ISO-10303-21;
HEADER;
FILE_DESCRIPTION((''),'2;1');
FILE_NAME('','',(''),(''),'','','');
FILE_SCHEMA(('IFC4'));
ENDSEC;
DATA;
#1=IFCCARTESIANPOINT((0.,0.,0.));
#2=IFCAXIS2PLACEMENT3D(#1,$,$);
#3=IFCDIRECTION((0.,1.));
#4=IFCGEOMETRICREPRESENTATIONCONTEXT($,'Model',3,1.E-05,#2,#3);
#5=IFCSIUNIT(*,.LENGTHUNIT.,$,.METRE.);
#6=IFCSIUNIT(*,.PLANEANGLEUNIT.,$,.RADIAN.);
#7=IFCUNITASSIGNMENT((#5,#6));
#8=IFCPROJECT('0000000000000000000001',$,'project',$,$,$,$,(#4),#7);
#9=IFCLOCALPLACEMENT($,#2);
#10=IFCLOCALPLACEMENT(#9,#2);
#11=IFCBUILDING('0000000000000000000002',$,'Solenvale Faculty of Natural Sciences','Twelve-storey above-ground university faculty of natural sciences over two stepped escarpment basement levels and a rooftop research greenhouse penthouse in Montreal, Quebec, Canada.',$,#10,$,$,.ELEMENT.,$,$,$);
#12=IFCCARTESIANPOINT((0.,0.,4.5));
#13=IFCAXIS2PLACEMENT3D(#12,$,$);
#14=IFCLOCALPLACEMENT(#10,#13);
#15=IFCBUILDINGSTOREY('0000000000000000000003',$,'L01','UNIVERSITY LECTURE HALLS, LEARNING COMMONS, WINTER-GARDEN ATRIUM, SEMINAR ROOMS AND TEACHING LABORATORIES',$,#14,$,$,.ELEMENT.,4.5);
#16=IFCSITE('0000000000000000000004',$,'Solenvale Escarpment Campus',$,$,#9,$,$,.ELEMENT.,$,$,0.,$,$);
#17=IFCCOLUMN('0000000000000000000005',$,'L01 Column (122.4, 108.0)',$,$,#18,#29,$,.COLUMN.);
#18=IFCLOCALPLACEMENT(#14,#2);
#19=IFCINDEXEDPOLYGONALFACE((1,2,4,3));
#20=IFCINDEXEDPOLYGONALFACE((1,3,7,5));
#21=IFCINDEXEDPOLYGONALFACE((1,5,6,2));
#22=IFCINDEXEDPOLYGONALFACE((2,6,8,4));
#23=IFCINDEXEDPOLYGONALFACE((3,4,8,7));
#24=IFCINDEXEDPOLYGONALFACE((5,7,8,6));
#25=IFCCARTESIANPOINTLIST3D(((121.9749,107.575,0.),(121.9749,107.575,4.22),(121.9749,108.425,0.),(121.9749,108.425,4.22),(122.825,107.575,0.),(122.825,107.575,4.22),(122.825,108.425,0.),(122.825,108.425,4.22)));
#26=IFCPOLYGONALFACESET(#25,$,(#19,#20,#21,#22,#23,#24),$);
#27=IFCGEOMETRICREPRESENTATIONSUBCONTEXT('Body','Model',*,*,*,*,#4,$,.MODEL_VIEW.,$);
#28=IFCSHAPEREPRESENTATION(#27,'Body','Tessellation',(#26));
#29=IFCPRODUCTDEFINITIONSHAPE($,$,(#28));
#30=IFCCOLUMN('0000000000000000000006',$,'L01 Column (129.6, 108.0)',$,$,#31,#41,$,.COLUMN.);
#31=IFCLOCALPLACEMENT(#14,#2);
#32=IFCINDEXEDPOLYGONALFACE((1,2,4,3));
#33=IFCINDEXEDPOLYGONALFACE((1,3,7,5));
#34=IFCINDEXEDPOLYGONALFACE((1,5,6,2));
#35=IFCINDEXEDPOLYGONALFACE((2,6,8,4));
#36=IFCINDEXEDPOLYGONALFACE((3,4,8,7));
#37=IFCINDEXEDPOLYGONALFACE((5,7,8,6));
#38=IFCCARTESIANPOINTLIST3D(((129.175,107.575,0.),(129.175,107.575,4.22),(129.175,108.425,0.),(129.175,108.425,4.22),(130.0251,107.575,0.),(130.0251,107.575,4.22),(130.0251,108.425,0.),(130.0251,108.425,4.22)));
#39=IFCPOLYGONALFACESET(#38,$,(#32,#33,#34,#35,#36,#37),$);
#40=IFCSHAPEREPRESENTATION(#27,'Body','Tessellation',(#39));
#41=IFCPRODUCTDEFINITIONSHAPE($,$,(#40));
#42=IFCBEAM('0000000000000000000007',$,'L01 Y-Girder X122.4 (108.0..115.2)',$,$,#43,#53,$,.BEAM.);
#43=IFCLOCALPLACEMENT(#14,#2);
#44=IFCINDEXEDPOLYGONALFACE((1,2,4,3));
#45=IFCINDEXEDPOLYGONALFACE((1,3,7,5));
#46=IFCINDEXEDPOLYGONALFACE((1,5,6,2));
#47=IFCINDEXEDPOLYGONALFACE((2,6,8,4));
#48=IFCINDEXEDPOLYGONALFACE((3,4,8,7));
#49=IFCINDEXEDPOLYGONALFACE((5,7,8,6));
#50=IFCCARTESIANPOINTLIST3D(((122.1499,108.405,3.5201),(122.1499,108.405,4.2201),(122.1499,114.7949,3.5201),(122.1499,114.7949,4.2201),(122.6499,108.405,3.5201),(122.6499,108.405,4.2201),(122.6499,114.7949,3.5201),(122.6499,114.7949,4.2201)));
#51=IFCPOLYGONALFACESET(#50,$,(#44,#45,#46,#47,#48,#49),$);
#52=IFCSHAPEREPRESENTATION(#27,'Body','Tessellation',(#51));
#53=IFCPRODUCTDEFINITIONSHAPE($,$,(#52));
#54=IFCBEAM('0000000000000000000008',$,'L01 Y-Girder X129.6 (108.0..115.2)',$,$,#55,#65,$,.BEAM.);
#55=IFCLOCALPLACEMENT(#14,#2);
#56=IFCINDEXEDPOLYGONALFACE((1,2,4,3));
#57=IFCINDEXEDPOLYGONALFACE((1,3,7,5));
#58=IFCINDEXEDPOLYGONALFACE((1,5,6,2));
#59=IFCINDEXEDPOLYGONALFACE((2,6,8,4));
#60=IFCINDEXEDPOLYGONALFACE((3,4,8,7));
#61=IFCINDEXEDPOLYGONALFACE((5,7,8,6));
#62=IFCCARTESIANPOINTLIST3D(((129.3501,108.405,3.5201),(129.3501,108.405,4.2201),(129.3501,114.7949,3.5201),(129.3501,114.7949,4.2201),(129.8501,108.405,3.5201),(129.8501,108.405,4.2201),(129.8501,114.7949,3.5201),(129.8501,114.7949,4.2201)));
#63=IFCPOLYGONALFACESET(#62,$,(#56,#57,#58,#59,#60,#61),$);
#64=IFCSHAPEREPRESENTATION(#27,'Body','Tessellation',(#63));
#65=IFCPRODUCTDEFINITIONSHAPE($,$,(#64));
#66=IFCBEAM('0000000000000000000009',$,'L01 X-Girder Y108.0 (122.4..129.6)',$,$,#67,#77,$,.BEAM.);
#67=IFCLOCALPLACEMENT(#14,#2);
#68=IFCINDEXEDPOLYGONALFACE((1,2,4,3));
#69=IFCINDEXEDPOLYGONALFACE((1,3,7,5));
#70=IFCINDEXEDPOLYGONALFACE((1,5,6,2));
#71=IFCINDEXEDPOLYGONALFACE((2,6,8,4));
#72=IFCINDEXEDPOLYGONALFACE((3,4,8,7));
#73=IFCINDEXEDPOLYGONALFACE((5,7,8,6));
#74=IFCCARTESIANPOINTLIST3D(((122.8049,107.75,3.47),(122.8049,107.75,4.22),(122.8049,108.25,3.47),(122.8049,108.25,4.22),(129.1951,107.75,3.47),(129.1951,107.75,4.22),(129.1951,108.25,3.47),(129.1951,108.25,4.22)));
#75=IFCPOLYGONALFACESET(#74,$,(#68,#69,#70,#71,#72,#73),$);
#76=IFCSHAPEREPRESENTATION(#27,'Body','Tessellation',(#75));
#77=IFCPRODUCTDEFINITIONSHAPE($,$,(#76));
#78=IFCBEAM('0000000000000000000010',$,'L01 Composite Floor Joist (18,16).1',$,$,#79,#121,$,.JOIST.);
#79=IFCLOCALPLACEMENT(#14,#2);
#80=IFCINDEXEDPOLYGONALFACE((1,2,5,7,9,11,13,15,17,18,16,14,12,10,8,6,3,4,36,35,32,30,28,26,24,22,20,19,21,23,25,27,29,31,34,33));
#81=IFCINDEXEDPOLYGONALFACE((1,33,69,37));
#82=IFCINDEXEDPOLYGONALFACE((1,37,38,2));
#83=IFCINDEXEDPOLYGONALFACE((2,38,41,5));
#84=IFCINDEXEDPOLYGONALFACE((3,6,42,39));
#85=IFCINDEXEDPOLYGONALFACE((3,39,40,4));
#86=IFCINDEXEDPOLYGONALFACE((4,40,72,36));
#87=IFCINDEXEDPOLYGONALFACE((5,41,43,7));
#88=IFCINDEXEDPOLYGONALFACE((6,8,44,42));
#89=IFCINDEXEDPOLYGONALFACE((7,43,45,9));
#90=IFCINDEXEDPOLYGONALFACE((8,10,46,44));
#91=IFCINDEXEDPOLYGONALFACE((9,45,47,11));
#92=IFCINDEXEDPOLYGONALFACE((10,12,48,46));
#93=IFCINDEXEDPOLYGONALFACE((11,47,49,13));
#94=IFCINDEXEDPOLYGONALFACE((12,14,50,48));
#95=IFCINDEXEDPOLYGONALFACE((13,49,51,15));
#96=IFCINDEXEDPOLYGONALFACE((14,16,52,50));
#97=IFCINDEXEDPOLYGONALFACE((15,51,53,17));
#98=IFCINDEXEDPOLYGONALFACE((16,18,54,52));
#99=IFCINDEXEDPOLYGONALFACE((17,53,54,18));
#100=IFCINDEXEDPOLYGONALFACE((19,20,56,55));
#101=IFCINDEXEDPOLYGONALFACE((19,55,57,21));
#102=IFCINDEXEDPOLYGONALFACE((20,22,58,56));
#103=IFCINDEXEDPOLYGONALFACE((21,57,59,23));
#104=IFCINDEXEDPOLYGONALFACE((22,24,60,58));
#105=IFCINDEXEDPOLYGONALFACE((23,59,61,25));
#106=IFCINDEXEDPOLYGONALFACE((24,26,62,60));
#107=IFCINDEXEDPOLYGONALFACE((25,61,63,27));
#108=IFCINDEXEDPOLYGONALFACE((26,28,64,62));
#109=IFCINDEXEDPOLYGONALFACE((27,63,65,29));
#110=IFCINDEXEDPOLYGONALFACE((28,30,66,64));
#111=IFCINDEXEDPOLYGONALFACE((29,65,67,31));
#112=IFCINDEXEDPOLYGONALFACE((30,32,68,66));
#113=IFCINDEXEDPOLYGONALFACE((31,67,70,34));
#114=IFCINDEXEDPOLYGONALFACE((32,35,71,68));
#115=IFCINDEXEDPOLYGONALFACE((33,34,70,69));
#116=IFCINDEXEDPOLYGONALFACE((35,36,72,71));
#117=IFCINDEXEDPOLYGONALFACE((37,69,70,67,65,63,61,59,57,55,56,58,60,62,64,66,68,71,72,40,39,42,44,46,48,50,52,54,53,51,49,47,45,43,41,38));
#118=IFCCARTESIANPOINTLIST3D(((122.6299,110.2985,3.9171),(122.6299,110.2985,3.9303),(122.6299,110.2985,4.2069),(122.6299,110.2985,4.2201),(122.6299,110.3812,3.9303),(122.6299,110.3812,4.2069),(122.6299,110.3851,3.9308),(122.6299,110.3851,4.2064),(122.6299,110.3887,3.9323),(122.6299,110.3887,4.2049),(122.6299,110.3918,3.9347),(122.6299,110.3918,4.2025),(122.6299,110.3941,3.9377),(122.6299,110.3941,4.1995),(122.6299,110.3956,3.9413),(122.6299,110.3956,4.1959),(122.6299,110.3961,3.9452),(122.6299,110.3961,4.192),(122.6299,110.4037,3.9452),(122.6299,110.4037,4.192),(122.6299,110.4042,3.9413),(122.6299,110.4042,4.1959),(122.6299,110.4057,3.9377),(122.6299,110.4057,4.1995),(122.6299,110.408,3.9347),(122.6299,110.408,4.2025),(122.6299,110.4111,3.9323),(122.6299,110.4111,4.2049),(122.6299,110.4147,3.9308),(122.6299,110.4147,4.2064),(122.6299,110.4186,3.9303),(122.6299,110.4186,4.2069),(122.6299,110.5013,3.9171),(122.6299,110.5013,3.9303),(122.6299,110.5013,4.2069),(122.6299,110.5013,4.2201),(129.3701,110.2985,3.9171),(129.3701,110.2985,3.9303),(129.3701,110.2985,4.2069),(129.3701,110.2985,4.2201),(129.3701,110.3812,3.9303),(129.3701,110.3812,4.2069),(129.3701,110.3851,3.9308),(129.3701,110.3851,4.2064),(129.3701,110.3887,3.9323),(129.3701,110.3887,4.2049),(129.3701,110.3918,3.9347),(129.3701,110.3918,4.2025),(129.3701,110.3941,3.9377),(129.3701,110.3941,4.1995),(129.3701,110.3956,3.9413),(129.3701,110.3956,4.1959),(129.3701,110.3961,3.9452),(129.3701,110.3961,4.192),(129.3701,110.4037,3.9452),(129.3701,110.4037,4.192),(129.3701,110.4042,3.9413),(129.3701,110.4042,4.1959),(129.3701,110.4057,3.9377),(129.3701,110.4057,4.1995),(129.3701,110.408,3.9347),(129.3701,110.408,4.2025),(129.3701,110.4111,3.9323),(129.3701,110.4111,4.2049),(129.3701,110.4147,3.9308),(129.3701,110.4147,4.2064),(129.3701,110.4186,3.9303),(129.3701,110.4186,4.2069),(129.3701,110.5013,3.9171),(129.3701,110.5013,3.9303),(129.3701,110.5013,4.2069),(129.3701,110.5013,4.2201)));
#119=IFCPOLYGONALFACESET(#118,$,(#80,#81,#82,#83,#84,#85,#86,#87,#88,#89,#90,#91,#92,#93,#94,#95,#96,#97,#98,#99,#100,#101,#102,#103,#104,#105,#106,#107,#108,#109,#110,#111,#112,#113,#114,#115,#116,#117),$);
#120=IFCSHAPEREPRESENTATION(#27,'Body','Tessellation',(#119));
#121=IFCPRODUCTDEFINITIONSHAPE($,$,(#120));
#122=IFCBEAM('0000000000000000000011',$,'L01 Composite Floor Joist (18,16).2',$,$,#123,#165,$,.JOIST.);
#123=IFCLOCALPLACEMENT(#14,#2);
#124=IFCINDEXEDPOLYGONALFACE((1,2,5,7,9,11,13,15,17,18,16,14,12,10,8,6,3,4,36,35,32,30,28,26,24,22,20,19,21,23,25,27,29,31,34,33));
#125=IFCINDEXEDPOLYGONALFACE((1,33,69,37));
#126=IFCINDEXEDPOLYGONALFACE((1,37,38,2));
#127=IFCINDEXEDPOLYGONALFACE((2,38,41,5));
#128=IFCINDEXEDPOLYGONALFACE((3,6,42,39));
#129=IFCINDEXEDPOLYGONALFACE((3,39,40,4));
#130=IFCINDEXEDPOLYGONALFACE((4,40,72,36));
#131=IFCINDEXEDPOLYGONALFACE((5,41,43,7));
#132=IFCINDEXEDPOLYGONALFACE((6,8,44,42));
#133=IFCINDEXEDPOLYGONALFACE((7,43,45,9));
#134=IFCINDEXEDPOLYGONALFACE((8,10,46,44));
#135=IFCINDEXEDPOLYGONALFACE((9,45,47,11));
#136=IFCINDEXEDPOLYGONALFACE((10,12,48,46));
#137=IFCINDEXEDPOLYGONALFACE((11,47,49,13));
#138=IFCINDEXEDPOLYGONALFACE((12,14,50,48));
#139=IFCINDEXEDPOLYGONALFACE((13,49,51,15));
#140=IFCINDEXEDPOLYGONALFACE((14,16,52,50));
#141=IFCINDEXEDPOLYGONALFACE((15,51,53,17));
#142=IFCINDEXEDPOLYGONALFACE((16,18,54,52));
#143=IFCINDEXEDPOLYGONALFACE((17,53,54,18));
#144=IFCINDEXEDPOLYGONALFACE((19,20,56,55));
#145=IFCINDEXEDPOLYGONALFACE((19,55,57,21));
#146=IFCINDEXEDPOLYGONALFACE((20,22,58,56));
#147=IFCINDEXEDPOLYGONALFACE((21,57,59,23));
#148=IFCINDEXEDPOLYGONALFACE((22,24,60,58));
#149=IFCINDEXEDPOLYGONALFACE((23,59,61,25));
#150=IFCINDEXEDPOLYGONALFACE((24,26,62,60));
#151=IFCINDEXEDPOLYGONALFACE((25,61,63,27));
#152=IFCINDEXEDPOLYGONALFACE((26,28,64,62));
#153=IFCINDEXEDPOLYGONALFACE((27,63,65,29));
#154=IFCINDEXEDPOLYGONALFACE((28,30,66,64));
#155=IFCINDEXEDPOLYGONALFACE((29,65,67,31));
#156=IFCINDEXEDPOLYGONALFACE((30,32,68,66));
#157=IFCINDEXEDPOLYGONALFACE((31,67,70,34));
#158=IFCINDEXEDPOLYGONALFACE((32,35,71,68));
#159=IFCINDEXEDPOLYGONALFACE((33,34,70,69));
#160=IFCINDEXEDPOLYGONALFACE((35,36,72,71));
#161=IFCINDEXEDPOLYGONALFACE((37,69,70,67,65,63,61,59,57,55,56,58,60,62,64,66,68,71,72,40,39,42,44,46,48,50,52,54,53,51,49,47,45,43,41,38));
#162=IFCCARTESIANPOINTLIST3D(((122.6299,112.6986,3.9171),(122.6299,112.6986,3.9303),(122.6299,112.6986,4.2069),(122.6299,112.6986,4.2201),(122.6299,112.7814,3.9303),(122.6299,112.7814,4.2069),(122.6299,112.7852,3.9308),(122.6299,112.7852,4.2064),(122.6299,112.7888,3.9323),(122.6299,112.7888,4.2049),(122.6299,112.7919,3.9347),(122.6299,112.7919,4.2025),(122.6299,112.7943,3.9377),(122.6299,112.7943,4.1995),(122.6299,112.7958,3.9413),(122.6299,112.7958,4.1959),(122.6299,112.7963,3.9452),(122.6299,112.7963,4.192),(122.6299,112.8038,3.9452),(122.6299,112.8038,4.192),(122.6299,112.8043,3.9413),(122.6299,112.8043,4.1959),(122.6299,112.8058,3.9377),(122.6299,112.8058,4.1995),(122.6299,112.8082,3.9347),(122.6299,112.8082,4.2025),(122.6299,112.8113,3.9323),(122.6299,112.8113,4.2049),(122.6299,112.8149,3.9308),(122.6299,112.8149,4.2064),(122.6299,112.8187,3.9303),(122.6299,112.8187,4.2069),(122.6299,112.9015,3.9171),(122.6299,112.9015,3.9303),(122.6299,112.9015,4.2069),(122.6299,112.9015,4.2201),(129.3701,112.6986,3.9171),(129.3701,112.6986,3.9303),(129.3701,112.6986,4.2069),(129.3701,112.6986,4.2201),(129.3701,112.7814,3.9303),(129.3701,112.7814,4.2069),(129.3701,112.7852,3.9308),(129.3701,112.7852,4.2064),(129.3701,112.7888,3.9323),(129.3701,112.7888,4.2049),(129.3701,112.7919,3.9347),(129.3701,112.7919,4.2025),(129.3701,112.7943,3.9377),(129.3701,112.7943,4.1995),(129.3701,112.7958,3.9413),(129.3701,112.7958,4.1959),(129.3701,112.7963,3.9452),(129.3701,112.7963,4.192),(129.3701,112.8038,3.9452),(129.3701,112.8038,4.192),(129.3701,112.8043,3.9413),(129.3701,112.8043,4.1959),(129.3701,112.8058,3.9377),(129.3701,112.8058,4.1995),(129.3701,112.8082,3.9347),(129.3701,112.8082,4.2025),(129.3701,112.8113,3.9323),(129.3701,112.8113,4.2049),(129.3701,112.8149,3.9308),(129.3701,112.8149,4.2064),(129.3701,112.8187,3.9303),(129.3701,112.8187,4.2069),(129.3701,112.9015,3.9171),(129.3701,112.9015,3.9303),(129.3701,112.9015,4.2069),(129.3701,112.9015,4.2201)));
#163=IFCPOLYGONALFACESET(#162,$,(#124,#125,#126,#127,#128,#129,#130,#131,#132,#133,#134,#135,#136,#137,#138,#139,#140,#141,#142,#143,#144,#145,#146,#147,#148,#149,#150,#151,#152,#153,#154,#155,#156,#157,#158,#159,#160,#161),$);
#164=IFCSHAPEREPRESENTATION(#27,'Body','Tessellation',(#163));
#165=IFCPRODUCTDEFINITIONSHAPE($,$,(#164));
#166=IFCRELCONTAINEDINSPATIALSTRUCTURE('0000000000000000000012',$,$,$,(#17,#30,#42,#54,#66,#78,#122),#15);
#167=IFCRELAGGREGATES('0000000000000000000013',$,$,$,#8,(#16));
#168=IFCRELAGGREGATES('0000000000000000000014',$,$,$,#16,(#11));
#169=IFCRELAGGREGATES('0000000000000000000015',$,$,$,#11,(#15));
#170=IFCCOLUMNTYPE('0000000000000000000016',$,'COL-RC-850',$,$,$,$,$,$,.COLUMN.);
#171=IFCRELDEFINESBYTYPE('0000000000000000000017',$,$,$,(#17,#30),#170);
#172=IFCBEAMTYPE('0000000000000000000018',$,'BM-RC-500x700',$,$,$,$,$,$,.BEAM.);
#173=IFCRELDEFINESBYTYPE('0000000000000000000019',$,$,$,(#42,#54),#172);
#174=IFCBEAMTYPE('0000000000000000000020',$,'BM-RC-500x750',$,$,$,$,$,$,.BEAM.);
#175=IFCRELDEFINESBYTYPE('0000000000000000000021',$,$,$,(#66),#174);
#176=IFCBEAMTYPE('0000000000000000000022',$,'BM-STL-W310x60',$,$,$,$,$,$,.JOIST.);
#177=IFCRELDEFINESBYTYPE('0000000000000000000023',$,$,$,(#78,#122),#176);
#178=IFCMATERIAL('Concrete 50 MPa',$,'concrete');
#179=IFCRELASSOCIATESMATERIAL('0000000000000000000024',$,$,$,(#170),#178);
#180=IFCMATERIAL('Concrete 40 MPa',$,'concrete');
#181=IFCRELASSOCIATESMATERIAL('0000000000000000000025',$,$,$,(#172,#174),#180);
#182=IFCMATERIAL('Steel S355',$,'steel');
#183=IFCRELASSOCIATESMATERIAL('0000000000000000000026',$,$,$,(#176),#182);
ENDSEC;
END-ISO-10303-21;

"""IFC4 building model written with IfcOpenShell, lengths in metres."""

from ifc_helpers import new_model, si_unit, direction, frame, origin, origin_2d, place, context, subcontext, project, spatial, rectangle, i_section, extrude, material, material_profile, profile_set, type_object, element, save


model = new_model("IFC4")

# Units and contexts
model_context = context("Model", 3, precision=1e-05, world=origin(), true_north=direction((0.0, 1.0)))
body_context = subcontext(model_context, "Body", "Model", "MODEL_VIEW")
ifc_project = project(units=[si_unit("LENGTHUNIT", "METRE"), si_unit("PLANEANGLEUNIT", "RADIAN")], contexts=[model_context])

# Site, building, storey
site_placement = place(None, origin())
site = spatial("IfcSite", under=ifc_project, at=site_placement, Name="Solenvale Escarpment Campus", CompositionType="ELEMENT", RefElevation=0.0)
building_placement = place(site_placement, origin())
building = spatial("IfcBuilding", under=site, at=building_placement, Name="Solenvale Faculty of Natural Sciences", Description="Twelve-storey above-ground university faculty of natural sciences over two stepped escarpment basement levels and a rooftop research greenhouse penthouse in Montreal, Quebec, Canada.", CompositionType="ELEMENT")
storey_placement = place(building_placement, frame((0.0, 0.0, 4.5)))
storey = spatial("IfcBuildingStorey", under=building, at=storey_placement, Name="L01", Description="UNIVERSITY LECTURE HALLS, LEARNING COMMONS, WINTER-GARDEN ATRIUM, SEMINAR ROOMS AND TEACHING LABORATORIES", CompositionType="ELEMENT", Elevation=4.5)

# Columns
ifc_material_1 = material(Name="Concrete 50 MPa", Category="concrete")
ifc_material_profile_1 = material_profile(ifc_material_1, rectangle(XDim=0.8501, YDim=0.8501, at=origin_2d()), Name="RC-COL-850x850")
ifc_profile_set_1 = profile_set([ifc_material_profile_1], Name="Concrete 50 MPa")
column_type = type_object("IfcColumnType", Name="COL-RC-850", PredefinedType="COLUMN", material=ifc_profile_set_1)
for number, where, z_axis, x_axis, name in (
    (1, (122.3999, 108.0, 0.0), (0.0, 0.0, 1.0), (1.0, 0.0, 0.0), "L01 Column (122.4, 108.0)"),
    (2, (129.6001, 108.0, 0.0), (0.0, 0.0, 1.0), (1.0, 0.0, 0.0), "L01 Column (129.6, 108.0)"),
):
    element("IfcColumn", number, at=place(storey_placement, frame(where, z_axis=z_axis, x_axis=x_axis)), inside=storey, type_object=column_type, Name=name, PredefinedType="COLUMN", context=body_context, shape_type="SweptSolid", body=[
        extrude(rectangle(XDim=0.8501, YDim=0.8501, at=origin_2d()), origin(), (0.0, 0.0, 1.0), 4.22),
    ])

# Beams
ifc_material_2 = material(Name="Concrete 40 MPa", Category="concrete")
ifc_material_profile_2 = material_profile(ifc_material_2, rectangle(XDim=0.5, YDim=0.7, at=origin_2d()), Name="RC-BM-500x700")
ifc_profile_set_2 = profile_set([ifc_material_profile_2], Name="Concrete 40 MPa")
beam_type_1 = type_object("IfcBeamType", Name="BM-RC-500x700", PredefinedType="BEAM", material=ifc_profile_set_2)
for number, where, z_axis, x_axis, name in (
    (3, (122.3999, 108.405, 3.8701), (0.0, 1.0, 0.0), (-1.0, 0.0, 0.0), "L01 Y-Girder X122.4 (108.0..115.2)"),
    (4, (129.6001, 108.405, 3.8701), (0.0, 1.0, 0.0), (-1.0, 0.0, 0.0), "L01 Y-Girder X129.6 (108.0..115.2)"),
):
    element("IfcBeam", number, at=place(storey_placement, frame(where, z_axis=z_axis, x_axis=x_axis)), inside=storey, type_object=beam_type_1, Name=name, PredefinedType="BEAM", context=body_context, shape_type="SweptSolid", body=[
        extrude(rectangle(XDim=0.5, YDim=0.7, at=origin_2d()), origin(), (0.0, 0.0, 1.0), 6.3899),
    ])
ifc_material_profile_3 = material_profile(ifc_material_2, rectangle(XDim=0.5, YDim=0.75, at=origin_2d()), Name="RC-BM-500x750")
ifc_profile_set_3 = profile_set([ifc_material_profile_3], Name="Concrete 40 MPa")
beam_type_2 = type_object("IfcBeamType", Name="BM-RC-500x750", PredefinedType="BEAM", material=ifc_profile_set_3)
beam_placement = place(storey_placement, frame((122.8049, 108.0, 3.845), z_axis=(1.0, 0.0, 0.0), x_axis=(0.0, 1.0, 0.0)))
element("IfcBeam", 5, at=beam_placement, inside=storey, type_object=beam_type_2, Name="L01 X-Girder Y108.0 (122.4..129.6)", PredefinedType="BEAM", context=body_context, shape_type="SweptSolid", body=[
    extrude(rectangle(XDim=0.5, YDim=0.75, at=origin_2d()), origin(), (0.0, 0.0, 1.0), 6.3901),
])
ifc_material_3 = material(Name="Steel S355", Category="steel")
ifc_material_profile_4 = material_profile(ifc_material_3, i_section(OverallWidth=0.2029, OverallDepth=0.303, WebThickness=0.0076, FlangeThickness=0.0132, FilletRadius=0.0149, at=origin_2d()), Name="W310x60")
ifc_profile_set_4 = profile_set([ifc_material_profile_4], Name="Steel S355")
beam_type_3 = type_object("IfcBeamType", Name="BM-STL-W310x60", PredefinedType="JOIST", material=ifc_profile_set_4)
for number, where, z_axis, x_axis, name in (
    (6, (122.6299, 110.3999, 4.0686), (1.0, 0.0, 0.0), (0.0, 1.0, 0.0), "L01 Composite Floor Joist (18,16).1"),
    (7, (122.6299, 112.8, 4.0686), (1.0, 0.0, 0.0), (0.0, 1.0, 0.0), "L01 Composite Floor Joist (18,16).2"),
):
    element("IfcBeam", number, at=place(storey_placement, frame(where, z_axis=z_axis, x_axis=x_axis)), inside=storey, type_object=beam_type_3, Name=name, PredefinedType="JOIST", context=body_context, shape_type="SweptSolid", body=[
        extrude(i_section(OverallWidth=0.2029, OverallDepth=0.303, WebThickness=0.0076, FlangeThickness=0.0132, FilletRadius=0.0149, at=origin_2d()), origin(), (0.0, 0.0, 1.0), 6.7402),
    ])

save(model, "model.ifc")
